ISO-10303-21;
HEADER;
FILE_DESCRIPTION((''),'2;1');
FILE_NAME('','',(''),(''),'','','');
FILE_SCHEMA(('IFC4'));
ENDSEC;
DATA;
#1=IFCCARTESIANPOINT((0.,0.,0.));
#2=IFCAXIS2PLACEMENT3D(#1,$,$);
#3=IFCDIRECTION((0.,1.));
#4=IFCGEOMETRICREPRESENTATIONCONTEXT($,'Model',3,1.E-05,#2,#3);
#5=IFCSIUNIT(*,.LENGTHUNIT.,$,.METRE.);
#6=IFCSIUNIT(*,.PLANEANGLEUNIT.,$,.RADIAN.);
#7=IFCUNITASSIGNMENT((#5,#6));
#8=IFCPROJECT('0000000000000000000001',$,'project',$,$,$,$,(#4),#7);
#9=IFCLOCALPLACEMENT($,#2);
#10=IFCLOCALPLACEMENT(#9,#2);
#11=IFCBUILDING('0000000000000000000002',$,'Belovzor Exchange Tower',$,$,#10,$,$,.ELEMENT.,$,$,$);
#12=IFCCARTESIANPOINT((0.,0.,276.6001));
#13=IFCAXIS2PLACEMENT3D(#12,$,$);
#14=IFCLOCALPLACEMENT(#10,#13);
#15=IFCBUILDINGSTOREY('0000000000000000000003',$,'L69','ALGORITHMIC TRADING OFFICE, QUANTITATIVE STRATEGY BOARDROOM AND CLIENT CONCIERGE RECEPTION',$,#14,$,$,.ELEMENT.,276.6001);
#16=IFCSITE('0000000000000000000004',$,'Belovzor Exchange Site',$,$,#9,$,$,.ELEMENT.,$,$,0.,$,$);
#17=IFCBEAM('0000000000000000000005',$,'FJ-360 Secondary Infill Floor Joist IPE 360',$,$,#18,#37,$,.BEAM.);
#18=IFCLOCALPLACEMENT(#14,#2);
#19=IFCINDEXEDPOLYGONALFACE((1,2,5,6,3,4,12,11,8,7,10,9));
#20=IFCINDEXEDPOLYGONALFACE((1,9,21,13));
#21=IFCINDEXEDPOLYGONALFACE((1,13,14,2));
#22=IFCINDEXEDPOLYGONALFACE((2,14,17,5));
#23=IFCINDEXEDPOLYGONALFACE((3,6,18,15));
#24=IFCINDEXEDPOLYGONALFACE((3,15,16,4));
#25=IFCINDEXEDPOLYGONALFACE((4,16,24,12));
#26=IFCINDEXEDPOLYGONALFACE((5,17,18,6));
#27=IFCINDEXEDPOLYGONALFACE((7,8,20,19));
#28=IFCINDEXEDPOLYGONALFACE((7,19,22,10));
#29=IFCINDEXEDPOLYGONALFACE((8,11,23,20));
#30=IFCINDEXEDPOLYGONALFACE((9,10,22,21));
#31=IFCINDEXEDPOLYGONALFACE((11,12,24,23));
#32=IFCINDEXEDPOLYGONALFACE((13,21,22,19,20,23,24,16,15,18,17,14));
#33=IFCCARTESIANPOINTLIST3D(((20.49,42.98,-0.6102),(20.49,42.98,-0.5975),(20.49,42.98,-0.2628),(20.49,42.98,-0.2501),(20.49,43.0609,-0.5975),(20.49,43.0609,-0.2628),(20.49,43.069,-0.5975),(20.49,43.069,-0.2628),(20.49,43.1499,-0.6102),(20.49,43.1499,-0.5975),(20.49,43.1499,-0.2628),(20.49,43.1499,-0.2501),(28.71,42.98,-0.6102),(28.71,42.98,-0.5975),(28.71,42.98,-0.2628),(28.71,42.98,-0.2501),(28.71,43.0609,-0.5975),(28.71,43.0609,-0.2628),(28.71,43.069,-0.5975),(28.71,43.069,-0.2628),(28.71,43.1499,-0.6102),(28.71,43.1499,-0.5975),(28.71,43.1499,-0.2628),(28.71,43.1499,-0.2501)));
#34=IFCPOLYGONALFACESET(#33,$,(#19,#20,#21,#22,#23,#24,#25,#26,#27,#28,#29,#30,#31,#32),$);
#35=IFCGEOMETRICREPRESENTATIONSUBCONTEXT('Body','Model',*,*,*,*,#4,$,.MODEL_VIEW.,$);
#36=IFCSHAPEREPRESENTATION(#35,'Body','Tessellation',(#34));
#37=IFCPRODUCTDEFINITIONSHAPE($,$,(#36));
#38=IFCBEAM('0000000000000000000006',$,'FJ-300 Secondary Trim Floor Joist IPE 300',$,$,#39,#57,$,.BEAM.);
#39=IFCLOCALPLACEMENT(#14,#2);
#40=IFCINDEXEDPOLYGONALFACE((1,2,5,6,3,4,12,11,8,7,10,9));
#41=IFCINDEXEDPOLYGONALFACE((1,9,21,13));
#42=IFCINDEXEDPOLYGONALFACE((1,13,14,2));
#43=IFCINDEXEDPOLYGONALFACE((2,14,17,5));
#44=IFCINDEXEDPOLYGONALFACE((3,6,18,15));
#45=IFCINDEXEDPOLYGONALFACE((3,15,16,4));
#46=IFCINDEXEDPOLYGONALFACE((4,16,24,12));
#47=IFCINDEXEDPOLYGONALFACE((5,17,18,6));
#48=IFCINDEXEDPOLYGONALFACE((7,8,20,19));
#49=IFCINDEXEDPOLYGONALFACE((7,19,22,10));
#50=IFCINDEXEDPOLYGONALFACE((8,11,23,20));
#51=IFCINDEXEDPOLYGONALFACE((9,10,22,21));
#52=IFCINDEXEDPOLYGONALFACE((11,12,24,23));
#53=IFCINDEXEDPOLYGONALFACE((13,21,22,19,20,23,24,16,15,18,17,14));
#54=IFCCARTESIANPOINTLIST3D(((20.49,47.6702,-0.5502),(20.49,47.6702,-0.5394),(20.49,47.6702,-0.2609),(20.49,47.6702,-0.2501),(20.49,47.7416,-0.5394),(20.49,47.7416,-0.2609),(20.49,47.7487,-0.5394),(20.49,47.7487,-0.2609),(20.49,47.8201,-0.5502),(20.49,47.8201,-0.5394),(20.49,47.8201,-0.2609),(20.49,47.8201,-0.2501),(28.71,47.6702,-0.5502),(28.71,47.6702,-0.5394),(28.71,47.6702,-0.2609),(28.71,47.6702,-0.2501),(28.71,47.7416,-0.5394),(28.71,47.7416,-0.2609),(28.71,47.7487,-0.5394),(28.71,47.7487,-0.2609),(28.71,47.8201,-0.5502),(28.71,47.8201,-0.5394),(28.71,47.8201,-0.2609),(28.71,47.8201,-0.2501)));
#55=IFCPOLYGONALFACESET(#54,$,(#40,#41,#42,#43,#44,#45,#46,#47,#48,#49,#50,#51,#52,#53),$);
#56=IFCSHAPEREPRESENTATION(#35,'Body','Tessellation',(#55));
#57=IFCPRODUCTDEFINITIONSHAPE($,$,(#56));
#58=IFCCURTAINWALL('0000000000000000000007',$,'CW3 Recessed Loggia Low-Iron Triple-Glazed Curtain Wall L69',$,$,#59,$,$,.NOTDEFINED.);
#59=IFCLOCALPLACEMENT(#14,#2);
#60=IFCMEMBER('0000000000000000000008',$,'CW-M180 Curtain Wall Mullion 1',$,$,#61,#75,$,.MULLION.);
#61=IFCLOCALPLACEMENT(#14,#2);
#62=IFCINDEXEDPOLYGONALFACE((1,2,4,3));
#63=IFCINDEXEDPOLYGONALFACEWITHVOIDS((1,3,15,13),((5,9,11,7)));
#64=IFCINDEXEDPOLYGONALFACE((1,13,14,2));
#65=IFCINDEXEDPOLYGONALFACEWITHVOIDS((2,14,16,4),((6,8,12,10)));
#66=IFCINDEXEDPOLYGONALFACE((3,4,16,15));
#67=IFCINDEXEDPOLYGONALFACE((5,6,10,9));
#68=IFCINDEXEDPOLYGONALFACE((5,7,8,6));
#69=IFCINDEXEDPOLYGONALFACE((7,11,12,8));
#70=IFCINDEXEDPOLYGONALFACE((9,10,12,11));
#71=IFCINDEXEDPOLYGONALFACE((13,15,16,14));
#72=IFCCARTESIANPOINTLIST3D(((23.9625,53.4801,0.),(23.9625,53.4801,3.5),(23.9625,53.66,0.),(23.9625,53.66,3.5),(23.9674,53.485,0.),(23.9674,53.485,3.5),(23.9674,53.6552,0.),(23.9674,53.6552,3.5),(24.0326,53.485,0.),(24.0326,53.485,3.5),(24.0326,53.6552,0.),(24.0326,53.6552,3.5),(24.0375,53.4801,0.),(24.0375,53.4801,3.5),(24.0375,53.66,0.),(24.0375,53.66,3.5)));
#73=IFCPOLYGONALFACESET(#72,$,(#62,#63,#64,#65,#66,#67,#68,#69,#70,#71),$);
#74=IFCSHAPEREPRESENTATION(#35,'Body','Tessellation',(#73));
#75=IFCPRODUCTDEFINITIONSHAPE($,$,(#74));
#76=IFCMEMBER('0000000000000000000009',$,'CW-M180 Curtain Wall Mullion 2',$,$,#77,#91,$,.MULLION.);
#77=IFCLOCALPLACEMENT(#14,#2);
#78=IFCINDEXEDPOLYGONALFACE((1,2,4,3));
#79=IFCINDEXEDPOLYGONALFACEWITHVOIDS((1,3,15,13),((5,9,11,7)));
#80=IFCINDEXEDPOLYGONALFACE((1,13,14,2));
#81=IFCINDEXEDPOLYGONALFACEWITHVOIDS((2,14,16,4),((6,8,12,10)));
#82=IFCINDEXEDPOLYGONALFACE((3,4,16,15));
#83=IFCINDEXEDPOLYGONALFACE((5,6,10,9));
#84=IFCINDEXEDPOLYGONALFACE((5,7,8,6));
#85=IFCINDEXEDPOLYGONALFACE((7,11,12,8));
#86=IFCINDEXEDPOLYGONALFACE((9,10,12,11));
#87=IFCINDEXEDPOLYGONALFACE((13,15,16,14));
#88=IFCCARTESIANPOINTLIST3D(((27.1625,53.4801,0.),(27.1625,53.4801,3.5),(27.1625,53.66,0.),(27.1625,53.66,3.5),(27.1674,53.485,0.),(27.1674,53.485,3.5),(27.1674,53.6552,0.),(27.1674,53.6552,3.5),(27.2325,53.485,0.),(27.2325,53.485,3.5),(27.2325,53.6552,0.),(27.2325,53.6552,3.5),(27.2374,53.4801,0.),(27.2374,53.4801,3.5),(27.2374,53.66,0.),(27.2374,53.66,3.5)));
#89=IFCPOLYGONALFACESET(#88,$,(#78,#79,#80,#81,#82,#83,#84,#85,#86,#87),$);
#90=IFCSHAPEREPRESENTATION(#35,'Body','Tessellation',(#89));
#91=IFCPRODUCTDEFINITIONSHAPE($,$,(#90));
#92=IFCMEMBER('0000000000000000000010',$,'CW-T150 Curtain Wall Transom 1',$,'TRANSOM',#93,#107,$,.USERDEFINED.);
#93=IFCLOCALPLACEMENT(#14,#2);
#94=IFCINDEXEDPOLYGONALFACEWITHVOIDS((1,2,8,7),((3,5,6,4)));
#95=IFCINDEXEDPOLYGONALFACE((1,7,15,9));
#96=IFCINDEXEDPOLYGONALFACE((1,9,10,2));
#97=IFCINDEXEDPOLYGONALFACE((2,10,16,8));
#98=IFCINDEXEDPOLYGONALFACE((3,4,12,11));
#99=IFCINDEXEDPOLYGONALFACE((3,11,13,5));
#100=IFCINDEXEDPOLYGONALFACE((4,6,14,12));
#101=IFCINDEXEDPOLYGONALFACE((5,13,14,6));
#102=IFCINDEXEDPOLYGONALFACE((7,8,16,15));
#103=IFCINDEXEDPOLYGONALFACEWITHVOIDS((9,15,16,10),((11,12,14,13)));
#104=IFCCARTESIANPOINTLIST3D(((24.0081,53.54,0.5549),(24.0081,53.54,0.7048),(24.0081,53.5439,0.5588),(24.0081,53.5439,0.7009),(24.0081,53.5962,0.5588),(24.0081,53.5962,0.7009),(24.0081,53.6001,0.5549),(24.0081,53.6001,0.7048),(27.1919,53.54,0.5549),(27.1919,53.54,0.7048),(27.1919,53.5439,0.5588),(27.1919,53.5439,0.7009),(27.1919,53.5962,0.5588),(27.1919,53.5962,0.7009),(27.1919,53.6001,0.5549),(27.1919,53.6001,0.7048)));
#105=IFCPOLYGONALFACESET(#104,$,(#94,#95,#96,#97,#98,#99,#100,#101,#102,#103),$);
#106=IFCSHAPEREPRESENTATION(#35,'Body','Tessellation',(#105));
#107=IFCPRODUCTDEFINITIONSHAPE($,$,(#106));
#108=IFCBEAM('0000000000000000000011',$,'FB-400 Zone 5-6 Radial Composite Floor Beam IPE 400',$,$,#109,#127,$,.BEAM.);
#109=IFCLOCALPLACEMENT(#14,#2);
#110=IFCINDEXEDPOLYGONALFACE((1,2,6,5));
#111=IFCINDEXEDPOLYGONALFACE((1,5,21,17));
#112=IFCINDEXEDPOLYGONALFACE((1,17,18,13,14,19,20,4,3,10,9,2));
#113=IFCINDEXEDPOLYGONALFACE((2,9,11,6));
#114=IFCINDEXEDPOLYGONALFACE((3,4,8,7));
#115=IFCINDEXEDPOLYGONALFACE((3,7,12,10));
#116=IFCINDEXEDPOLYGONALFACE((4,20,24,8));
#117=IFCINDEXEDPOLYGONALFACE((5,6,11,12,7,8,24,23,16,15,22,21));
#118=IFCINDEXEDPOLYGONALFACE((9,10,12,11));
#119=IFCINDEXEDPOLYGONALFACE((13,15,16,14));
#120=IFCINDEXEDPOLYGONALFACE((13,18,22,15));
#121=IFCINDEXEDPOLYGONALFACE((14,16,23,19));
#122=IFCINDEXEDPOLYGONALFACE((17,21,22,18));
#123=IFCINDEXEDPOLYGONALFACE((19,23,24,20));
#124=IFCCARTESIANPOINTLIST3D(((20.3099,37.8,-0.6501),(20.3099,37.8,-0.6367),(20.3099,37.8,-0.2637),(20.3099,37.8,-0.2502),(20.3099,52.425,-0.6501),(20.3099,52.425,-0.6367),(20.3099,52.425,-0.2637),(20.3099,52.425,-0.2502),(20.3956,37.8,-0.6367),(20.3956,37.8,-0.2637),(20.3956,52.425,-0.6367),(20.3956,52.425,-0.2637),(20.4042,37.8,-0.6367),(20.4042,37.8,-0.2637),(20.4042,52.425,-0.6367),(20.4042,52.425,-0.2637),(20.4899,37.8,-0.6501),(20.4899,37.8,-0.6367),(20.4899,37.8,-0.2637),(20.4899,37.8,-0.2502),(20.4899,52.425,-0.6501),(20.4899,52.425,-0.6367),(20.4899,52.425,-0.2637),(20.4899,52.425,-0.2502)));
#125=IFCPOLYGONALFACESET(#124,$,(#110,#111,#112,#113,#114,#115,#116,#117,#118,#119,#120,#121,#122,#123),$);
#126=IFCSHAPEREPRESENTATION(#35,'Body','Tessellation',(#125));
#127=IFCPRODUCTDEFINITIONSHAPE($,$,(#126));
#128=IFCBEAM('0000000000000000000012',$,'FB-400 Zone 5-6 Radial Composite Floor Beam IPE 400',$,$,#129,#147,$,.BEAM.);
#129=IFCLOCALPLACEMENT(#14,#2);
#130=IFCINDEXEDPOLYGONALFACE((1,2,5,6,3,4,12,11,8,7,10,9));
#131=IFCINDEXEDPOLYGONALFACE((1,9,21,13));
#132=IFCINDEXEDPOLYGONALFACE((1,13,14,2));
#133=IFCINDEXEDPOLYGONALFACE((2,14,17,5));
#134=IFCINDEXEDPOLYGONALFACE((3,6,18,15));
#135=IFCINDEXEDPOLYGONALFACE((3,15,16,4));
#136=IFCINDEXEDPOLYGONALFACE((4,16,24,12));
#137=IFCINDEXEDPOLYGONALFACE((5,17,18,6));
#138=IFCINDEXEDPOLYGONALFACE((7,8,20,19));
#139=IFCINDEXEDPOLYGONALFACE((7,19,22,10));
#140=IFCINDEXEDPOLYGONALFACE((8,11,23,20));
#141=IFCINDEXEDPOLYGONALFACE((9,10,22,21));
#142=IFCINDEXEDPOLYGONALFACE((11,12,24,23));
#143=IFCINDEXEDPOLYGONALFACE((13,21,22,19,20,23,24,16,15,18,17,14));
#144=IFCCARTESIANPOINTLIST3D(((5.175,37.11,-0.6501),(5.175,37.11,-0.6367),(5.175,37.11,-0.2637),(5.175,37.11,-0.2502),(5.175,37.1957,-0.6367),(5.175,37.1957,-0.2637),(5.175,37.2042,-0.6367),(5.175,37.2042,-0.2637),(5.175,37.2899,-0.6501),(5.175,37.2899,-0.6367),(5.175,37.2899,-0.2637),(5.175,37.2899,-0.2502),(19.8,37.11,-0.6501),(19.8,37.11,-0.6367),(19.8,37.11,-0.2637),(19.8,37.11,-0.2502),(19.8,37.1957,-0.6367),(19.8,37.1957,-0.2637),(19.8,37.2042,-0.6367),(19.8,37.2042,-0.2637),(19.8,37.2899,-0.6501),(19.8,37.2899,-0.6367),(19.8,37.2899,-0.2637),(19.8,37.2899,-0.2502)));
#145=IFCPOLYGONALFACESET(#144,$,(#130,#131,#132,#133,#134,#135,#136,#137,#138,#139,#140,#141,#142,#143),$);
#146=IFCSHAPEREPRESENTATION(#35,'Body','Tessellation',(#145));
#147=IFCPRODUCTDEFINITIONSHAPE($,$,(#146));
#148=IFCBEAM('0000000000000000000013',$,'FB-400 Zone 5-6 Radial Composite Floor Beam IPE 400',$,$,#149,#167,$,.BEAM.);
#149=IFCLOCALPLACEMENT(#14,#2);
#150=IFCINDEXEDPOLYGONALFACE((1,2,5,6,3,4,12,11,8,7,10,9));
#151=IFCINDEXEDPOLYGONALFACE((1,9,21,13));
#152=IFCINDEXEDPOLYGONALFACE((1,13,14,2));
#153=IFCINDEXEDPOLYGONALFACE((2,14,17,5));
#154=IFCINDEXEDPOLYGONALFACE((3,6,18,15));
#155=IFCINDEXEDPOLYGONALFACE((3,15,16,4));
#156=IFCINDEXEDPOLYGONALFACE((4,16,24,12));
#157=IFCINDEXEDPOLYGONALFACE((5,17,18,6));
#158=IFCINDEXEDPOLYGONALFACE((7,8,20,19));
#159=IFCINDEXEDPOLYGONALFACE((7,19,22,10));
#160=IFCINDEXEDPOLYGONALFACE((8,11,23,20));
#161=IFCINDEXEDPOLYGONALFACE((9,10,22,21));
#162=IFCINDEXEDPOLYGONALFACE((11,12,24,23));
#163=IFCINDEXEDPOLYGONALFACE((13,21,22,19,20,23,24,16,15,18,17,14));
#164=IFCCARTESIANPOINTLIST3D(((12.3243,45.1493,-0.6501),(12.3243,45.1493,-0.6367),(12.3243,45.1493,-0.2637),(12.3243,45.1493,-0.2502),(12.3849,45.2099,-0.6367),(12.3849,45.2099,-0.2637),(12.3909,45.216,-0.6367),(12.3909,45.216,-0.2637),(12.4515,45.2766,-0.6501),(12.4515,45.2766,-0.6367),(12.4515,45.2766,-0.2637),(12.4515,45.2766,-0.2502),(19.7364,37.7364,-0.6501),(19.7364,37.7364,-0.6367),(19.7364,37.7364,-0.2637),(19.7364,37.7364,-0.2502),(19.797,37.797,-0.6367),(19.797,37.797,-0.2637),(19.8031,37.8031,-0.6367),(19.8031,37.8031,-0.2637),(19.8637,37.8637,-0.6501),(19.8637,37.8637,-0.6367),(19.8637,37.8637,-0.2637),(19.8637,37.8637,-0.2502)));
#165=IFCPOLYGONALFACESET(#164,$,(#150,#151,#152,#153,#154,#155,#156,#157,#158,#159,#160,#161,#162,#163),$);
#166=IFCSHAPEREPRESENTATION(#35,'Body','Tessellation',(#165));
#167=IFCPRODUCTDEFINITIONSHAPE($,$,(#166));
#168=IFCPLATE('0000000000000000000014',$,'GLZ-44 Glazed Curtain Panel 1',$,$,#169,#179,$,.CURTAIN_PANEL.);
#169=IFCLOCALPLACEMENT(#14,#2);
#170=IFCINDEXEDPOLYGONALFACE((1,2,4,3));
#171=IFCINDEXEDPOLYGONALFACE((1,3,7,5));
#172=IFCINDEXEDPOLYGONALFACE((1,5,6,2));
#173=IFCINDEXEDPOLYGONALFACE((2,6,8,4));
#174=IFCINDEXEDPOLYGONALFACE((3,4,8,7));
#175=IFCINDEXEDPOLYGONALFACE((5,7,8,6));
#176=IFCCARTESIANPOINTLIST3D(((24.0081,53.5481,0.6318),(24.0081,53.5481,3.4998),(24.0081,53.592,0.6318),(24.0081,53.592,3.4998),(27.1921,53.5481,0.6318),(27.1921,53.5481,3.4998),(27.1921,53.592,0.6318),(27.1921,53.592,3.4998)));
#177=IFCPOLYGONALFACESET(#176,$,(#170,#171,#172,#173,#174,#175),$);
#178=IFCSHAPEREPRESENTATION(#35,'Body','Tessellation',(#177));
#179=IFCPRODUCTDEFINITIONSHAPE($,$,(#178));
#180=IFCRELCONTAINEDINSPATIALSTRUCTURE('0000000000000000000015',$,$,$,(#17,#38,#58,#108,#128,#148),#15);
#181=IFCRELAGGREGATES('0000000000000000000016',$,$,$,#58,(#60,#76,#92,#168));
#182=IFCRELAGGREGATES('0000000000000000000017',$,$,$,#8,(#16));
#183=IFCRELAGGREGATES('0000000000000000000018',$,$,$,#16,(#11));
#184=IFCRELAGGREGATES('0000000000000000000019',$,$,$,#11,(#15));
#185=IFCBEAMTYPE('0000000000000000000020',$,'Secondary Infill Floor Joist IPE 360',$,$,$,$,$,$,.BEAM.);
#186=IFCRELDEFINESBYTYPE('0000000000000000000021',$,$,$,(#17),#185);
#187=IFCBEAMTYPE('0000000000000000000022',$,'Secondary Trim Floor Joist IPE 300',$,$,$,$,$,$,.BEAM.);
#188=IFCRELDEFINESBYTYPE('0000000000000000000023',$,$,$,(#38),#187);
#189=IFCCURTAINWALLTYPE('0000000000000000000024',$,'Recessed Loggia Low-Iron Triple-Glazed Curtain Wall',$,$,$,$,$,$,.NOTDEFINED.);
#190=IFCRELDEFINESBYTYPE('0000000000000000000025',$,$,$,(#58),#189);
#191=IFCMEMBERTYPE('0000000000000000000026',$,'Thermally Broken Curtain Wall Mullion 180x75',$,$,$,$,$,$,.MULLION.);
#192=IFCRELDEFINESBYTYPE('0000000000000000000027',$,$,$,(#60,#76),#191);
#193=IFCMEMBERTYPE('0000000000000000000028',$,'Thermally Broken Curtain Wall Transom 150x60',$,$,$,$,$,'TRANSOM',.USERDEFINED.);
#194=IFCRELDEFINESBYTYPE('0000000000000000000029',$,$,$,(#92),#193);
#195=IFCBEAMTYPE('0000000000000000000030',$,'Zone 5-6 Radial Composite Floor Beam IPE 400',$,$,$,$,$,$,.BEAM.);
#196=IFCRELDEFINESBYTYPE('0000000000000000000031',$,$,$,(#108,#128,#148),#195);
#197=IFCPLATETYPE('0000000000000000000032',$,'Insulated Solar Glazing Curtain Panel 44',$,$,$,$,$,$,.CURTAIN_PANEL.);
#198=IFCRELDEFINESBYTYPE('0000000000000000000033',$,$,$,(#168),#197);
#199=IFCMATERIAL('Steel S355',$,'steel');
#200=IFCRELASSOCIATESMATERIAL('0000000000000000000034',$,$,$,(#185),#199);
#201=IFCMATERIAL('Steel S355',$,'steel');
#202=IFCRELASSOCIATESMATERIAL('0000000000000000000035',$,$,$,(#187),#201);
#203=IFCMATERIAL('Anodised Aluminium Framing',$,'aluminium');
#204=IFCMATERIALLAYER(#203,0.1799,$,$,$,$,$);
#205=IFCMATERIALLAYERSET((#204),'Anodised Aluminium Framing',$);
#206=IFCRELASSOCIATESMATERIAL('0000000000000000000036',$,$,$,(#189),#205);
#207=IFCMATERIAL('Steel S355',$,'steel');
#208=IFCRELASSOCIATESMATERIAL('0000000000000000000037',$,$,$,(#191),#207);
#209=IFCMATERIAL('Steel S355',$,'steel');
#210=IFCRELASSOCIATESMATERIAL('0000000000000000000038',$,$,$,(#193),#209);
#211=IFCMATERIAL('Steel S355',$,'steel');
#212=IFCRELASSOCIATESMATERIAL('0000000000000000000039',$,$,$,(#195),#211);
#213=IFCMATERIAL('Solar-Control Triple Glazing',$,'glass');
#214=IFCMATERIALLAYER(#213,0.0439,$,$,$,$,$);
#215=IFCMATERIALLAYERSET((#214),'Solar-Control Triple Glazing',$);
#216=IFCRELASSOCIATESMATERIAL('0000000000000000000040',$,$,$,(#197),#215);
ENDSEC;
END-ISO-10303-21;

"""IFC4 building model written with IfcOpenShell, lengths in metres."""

from ifc_helpers import new_model, si_unit, direction, frame, origin, origin_2d, place, context, subcontext, project, spatial, rectangle, hollow_rectangle, i_section, extrude, material, layer, layer_set, material_profile, profile_set, type_object, element, aggregate, save


model = new_model("IFC4")

# Units and contexts
model_context = context("Model", 3, precision=1e-05, world=origin(), true_north=direction((0.0, 1.0)))
body_context = subcontext(model_context, "Body", "Model", "MODEL_VIEW")
ifc_project = project(units=[si_unit("LENGTHUNIT", "METRE"), si_unit("PLANEANGLEUNIT", "RADIAN")], contexts=[model_context])

# Site, building, storey
site_placement = place(None, origin())
site = spatial("IfcSite", under=ifc_project, at=site_placement, Name="Belovzor Exchange Site", CompositionType="ELEMENT", RefElevation=0.0)
building_placement = place(site_placement, origin())
building = spatial("IfcBuilding", under=site, at=building_placement, Name="Belovzor Exchange Tower", CompositionType="ELEMENT")
storey_placement = place(building_placement, frame((0.0, 0.0, 276.6001)))
storey = spatial("IfcBuildingStorey", under=building, at=storey_placement, Name="L69", Description="ALGORITHMIC TRADING OFFICE, QUANTITATIVE STRATEGY BOARDROOM AND CLIENT CONCIERGE RECEPTION", CompositionType="ELEMENT", Elevation=276.6001)

# Beams
ifc_material_1 = material(Name="Steel S355", Category="steel")
ifc_material_profile_1 = material_profile(ifc_material_1, i_section(OverallWidth=0.1699, OverallDepth=0.3601, WebThickness=0.0081, FlangeThickness=0.0127, at=origin_2d()))
ifc_profile_set_1 = profile_set([ifc_material_profile_1], Name="Steel S355")
beam_type_1 = type_object("IfcBeamType", Name="Secondary Infill Floor Joist IPE 360", PredefinedType="BEAM", material=ifc_profile_set_1)
beam_1_placement = place(storey_placement, frame((20.49, 43.0649, -0.4302), z_axis=(1.0, 0.0, 0.0), x_axis=(0.0, 1.0, 0.0)))
element("IfcBeam", 1, at=beam_1_placement, inside=storey, type_object=beam_type_1, Name="FJ-360 Secondary Infill Floor Joist IPE 360", PredefinedType="BEAM", context=body_context, shape_type="SweptSolid", body=[
    extrude(i_section(OverallWidth=0.1699, OverallDepth=0.3601, WebThickness=0.0081, FlangeThickness=0.0127, at=origin_2d()), origin(), (0.0, 0.0, 1.0), 8.22),
])
ifc_material_2 = material(Name="Steel S355", Category="steel")
ifc_material_profile_2 = material_profile(ifc_material_2, i_section(OverallWidth=0.1499, OverallDepth=0.3, WebThickness=0.0071, FlangeThickness=0.0107, at=origin_2d()))
ifc_profile_set_2 = profile_set([ifc_material_profile_2], Name="Steel S355")
beam_type_2 = type_object("IfcBeamType", Name="Secondary Trim Floor Joist IPE 300", PredefinedType="BEAM", material=ifc_profile_set_2)
beam_2_placement = place(storey_placement, frame((20.49, 47.7451, -0.4001), z_axis=(1.0, 0.0, 0.0), x_axis=(0.0, 1.0, 0.0)))
element("IfcBeam", 2, at=beam_2_placement, inside=storey, type_object=beam_type_2, Name="FJ-300 Secondary Trim Floor Joist IPE 300", PredefinedType="BEAM", context=body_context, shape_type="SweptSolid", body=[
    extrude(i_section(OverallWidth=0.1499, OverallDepth=0.3, WebThickness=0.0071, FlangeThickness=0.0107, at=origin_2d()), origin(), (0.0, 0.0, 1.0), 8.22),
])

# Curtain wall, members
ifc_material_3 = material(Name="Anodised Aluminium Framing", Category="aluminium")
ifc_layer_1 = layer(ifc_material_3, 0.1799)
ifc_layer_set_1 = layer_set([ifc_layer_1], Name="Anodised Aluminium Framing")
curtain_wall_type = type_object("IfcCurtainWallType", Name="Recessed Loggia Low-Iron Triple-Glazed Curtain Wall", PredefinedType="NOTDEFINED", material=ifc_layer_set_1)
curtain_wall_placement = place(storey_placement, origin())
curtain_wall = element("IfcCurtainWall", 3, at=curtain_wall_placement, inside=storey, type_object=curtain_wall_type, Name="CW3 Recessed Loggia Low-Iron Triple-Glazed Curtain Wall L69", PredefinedType="NOTDEFINED")
ifc_material_4 = material(Name="Steel S355", Category="steel")
ifc_material_profile_3 = material_profile(ifc_material_4, hollow_rectangle(XDim=0.075, YDim=0.1799, WallThickness=0.0049, at=origin_2d()))
ifc_profile_set_3 = profile_set([ifc_material_profile_3], Name="Steel S355")
member_type_1 = type_object("IfcMemberType", Name="Thermally Broken Curtain Wall Mullion 180x75", PredefinedType="MULLION", material=ifc_profile_set_3)
member_1_placement = place(storey_placement, frame((24.0, 53.5701, 0.0), z_axis=(0.0, 0.0, 1.0), x_axis=(1.0, 0.0, 0.0)))
member_1 = element("IfcMember", 4, at=member_1_placement, type_object=member_type_1, Name="CW-M180 Curtain Wall Mullion 1", PredefinedType="MULLION", context=body_context, shape_type="SweptSolid", body=[
    extrude(hollow_rectangle(XDim=0.075, YDim=0.1799, WallThickness=0.0049, at=origin_2d()), origin(), (0.0, 0.0, 1.0), 3.5),
])
member_2_placement = place(storey_placement, frame((27.2, 53.5701, 0.0), z_axis=(0.0, 0.0, 1.0), x_axis=(1.0, 0.0, 0.0)))
member_2 = element("IfcMember", 5, at=member_2_placement, type_object=member_type_1, Name="CW-M180 Curtain Wall Mullion 2", PredefinedType="MULLION", context=body_context, shape_type="SweptSolid", body=[
    extrude(hollow_rectangle(XDim=0.075, YDim=0.1799, WallThickness=0.0049, at=origin_2d()), origin(), (0.0, 0.0, 1.0), 3.5),
])
ifc_material_5 = material(Name="Steel S355", Category="steel")
ifc_material_profile_4 = material_profile(ifc_material_5, hollow_rectangle(XDim=0.0601, YDim=0.1499, WallThickness=0.0039, at=origin_2d()))
ifc_profile_set_4 = profile_set([ifc_material_profile_4], Name="Steel S355")
member_type_2 = type_object("IfcMemberType", Name="Thermally Broken Curtain Wall Transom 150x60", ElementType="TRANSOM", PredefinedType="USERDEFINED", material=ifc_profile_set_4)
member_3_placement = place(storey_placement, frame((24.0081, 53.5701, 0.6299), z_axis=(1.0, 0.0, 0.0), x_axis=(0.0, 1.0, 0.0)))
member_3 = element("IfcMember", 6, at=member_3_placement, type_object=member_type_2, Name="CW-T150 Curtain Wall Transom 1", ObjectType="TRANSOM", PredefinedType="USERDEFINED", context=body_context, shape_type="SweptSolid", body=[
    extrude(hollow_rectangle(XDim=0.0601, YDim=0.1499, WallThickness=0.0039, at=origin_2d()), origin(), (0.0, 0.0, 1.0), 3.1838),
])

# Beams
ifc_material_6 = material(Name="Steel S355", Category="steel")
ifc_material_profile_5 = material_profile(ifc_material_6, i_section(OverallWidth=0.1799, OverallDepth=0.3999, WebThickness=0.0085, FlangeThickness=0.0134, at=origin_2d()))
ifc_profile_set_5 = profile_set([ifc_material_profile_5], Name="Steel S355")
beam_type_3 = type_object("IfcBeamType", Name="Zone 5-6 Radial Composite Floor Beam IPE 400", PredefinedType="BEAM", material=ifc_profile_set_5)
for number, where, z_axis, x_axis, name in (
    (7, (20.3999, 37.8, -0.4502), (0.0, 1.0, 0.0), (-1.0, 0.0, 0.0), "FB-400 Zone 5-6 Radial Composite Floor Beam IPE 400"),
    (8, (19.8, 37.2, -0.4502), (-1.0, 0.0, 0.0), (0.0, -1.0, 0.0), "FB-400 Zone 5-6 Radial Composite Floor Beam IPE 400"),
):
    element("IfcBeam", number, at=place(storey_placement, frame(where, z_axis=z_axis, x_axis=x_axis)), inside=storey, type_object=beam_type_3, Name=name, PredefinedType="BEAM", context=body_context, shape_type="SweptSolid", body=[
        extrude(i_section(OverallWidth=0.1799, OverallDepth=0.3999, WebThickness=0.0085, FlangeThickness=0.0134, at=origin_2d()), origin(), (0.0, 0.0, 1.0), 14.625),
    ])
beam_3_placement = place(storey_placement, frame((19.8, 37.8, -0.4502), z_axis=(-0.707072, 0.707142, 0.0), x_axis=(-0.707142, -0.707072, 0.0)))
element("IfcBeam", 9, at=beam_3_placement, inside=storey, type_object=beam_type_3, Name="FB-400 Zone 5-6 Radial Composite Floor Beam IPE 400", PredefinedType="BEAM", context=body_context, shape_type="SweptSolid", body=[
    extrude(i_section(OverallWidth=0.1799, OverallDepth=0.3999, WebThickness=0.0085, FlangeThickness=0.0134, at=origin_2d()), origin(), (0.0, 0.0, 1.0), 10.4829),
])

# Plate
ifc_material_7 = material(Name="Solar-Control Triple Glazing", Category="glass")
ifc_layer_2 = layer(ifc_material_7, 0.0439)
ifc_layer_set_2 = layer_set([ifc_layer_2], Name="Solar-Control Triple Glazing")
plate_type_1 = type_object("IfcPlateType", Name="Insulated Solar Glazing Curtain Panel 44", PredefinedType="CURTAIN_PANEL", material=ifc_layer_set_2)
plate_1_placement = place(storey_placement, frame((25.6001, 53.5701, 0.6318), z_axis=(0.0, 0.0, 1.0), x_axis=(1.0, 0.0, 0.0)))
plate_1 = element("IfcPlate", 10, at=plate_1_placement, type_object=plate_type_1, Name="GLZ-44 Glazed Curtain Panel 1", PredefinedType="CURTAIN_PANEL", context=body_context, shape_type="SweptSolid", body=[
    extrude(rectangle(XDim=3.1841, YDim=0.0439, at=origin_2d()), origin(), (0.0, 0.0, 1.0), 2.8679),
])
aggregate(curtain_wall, [member_1, member_2, member_3, plate_1])

save(model, "model.ifc")
